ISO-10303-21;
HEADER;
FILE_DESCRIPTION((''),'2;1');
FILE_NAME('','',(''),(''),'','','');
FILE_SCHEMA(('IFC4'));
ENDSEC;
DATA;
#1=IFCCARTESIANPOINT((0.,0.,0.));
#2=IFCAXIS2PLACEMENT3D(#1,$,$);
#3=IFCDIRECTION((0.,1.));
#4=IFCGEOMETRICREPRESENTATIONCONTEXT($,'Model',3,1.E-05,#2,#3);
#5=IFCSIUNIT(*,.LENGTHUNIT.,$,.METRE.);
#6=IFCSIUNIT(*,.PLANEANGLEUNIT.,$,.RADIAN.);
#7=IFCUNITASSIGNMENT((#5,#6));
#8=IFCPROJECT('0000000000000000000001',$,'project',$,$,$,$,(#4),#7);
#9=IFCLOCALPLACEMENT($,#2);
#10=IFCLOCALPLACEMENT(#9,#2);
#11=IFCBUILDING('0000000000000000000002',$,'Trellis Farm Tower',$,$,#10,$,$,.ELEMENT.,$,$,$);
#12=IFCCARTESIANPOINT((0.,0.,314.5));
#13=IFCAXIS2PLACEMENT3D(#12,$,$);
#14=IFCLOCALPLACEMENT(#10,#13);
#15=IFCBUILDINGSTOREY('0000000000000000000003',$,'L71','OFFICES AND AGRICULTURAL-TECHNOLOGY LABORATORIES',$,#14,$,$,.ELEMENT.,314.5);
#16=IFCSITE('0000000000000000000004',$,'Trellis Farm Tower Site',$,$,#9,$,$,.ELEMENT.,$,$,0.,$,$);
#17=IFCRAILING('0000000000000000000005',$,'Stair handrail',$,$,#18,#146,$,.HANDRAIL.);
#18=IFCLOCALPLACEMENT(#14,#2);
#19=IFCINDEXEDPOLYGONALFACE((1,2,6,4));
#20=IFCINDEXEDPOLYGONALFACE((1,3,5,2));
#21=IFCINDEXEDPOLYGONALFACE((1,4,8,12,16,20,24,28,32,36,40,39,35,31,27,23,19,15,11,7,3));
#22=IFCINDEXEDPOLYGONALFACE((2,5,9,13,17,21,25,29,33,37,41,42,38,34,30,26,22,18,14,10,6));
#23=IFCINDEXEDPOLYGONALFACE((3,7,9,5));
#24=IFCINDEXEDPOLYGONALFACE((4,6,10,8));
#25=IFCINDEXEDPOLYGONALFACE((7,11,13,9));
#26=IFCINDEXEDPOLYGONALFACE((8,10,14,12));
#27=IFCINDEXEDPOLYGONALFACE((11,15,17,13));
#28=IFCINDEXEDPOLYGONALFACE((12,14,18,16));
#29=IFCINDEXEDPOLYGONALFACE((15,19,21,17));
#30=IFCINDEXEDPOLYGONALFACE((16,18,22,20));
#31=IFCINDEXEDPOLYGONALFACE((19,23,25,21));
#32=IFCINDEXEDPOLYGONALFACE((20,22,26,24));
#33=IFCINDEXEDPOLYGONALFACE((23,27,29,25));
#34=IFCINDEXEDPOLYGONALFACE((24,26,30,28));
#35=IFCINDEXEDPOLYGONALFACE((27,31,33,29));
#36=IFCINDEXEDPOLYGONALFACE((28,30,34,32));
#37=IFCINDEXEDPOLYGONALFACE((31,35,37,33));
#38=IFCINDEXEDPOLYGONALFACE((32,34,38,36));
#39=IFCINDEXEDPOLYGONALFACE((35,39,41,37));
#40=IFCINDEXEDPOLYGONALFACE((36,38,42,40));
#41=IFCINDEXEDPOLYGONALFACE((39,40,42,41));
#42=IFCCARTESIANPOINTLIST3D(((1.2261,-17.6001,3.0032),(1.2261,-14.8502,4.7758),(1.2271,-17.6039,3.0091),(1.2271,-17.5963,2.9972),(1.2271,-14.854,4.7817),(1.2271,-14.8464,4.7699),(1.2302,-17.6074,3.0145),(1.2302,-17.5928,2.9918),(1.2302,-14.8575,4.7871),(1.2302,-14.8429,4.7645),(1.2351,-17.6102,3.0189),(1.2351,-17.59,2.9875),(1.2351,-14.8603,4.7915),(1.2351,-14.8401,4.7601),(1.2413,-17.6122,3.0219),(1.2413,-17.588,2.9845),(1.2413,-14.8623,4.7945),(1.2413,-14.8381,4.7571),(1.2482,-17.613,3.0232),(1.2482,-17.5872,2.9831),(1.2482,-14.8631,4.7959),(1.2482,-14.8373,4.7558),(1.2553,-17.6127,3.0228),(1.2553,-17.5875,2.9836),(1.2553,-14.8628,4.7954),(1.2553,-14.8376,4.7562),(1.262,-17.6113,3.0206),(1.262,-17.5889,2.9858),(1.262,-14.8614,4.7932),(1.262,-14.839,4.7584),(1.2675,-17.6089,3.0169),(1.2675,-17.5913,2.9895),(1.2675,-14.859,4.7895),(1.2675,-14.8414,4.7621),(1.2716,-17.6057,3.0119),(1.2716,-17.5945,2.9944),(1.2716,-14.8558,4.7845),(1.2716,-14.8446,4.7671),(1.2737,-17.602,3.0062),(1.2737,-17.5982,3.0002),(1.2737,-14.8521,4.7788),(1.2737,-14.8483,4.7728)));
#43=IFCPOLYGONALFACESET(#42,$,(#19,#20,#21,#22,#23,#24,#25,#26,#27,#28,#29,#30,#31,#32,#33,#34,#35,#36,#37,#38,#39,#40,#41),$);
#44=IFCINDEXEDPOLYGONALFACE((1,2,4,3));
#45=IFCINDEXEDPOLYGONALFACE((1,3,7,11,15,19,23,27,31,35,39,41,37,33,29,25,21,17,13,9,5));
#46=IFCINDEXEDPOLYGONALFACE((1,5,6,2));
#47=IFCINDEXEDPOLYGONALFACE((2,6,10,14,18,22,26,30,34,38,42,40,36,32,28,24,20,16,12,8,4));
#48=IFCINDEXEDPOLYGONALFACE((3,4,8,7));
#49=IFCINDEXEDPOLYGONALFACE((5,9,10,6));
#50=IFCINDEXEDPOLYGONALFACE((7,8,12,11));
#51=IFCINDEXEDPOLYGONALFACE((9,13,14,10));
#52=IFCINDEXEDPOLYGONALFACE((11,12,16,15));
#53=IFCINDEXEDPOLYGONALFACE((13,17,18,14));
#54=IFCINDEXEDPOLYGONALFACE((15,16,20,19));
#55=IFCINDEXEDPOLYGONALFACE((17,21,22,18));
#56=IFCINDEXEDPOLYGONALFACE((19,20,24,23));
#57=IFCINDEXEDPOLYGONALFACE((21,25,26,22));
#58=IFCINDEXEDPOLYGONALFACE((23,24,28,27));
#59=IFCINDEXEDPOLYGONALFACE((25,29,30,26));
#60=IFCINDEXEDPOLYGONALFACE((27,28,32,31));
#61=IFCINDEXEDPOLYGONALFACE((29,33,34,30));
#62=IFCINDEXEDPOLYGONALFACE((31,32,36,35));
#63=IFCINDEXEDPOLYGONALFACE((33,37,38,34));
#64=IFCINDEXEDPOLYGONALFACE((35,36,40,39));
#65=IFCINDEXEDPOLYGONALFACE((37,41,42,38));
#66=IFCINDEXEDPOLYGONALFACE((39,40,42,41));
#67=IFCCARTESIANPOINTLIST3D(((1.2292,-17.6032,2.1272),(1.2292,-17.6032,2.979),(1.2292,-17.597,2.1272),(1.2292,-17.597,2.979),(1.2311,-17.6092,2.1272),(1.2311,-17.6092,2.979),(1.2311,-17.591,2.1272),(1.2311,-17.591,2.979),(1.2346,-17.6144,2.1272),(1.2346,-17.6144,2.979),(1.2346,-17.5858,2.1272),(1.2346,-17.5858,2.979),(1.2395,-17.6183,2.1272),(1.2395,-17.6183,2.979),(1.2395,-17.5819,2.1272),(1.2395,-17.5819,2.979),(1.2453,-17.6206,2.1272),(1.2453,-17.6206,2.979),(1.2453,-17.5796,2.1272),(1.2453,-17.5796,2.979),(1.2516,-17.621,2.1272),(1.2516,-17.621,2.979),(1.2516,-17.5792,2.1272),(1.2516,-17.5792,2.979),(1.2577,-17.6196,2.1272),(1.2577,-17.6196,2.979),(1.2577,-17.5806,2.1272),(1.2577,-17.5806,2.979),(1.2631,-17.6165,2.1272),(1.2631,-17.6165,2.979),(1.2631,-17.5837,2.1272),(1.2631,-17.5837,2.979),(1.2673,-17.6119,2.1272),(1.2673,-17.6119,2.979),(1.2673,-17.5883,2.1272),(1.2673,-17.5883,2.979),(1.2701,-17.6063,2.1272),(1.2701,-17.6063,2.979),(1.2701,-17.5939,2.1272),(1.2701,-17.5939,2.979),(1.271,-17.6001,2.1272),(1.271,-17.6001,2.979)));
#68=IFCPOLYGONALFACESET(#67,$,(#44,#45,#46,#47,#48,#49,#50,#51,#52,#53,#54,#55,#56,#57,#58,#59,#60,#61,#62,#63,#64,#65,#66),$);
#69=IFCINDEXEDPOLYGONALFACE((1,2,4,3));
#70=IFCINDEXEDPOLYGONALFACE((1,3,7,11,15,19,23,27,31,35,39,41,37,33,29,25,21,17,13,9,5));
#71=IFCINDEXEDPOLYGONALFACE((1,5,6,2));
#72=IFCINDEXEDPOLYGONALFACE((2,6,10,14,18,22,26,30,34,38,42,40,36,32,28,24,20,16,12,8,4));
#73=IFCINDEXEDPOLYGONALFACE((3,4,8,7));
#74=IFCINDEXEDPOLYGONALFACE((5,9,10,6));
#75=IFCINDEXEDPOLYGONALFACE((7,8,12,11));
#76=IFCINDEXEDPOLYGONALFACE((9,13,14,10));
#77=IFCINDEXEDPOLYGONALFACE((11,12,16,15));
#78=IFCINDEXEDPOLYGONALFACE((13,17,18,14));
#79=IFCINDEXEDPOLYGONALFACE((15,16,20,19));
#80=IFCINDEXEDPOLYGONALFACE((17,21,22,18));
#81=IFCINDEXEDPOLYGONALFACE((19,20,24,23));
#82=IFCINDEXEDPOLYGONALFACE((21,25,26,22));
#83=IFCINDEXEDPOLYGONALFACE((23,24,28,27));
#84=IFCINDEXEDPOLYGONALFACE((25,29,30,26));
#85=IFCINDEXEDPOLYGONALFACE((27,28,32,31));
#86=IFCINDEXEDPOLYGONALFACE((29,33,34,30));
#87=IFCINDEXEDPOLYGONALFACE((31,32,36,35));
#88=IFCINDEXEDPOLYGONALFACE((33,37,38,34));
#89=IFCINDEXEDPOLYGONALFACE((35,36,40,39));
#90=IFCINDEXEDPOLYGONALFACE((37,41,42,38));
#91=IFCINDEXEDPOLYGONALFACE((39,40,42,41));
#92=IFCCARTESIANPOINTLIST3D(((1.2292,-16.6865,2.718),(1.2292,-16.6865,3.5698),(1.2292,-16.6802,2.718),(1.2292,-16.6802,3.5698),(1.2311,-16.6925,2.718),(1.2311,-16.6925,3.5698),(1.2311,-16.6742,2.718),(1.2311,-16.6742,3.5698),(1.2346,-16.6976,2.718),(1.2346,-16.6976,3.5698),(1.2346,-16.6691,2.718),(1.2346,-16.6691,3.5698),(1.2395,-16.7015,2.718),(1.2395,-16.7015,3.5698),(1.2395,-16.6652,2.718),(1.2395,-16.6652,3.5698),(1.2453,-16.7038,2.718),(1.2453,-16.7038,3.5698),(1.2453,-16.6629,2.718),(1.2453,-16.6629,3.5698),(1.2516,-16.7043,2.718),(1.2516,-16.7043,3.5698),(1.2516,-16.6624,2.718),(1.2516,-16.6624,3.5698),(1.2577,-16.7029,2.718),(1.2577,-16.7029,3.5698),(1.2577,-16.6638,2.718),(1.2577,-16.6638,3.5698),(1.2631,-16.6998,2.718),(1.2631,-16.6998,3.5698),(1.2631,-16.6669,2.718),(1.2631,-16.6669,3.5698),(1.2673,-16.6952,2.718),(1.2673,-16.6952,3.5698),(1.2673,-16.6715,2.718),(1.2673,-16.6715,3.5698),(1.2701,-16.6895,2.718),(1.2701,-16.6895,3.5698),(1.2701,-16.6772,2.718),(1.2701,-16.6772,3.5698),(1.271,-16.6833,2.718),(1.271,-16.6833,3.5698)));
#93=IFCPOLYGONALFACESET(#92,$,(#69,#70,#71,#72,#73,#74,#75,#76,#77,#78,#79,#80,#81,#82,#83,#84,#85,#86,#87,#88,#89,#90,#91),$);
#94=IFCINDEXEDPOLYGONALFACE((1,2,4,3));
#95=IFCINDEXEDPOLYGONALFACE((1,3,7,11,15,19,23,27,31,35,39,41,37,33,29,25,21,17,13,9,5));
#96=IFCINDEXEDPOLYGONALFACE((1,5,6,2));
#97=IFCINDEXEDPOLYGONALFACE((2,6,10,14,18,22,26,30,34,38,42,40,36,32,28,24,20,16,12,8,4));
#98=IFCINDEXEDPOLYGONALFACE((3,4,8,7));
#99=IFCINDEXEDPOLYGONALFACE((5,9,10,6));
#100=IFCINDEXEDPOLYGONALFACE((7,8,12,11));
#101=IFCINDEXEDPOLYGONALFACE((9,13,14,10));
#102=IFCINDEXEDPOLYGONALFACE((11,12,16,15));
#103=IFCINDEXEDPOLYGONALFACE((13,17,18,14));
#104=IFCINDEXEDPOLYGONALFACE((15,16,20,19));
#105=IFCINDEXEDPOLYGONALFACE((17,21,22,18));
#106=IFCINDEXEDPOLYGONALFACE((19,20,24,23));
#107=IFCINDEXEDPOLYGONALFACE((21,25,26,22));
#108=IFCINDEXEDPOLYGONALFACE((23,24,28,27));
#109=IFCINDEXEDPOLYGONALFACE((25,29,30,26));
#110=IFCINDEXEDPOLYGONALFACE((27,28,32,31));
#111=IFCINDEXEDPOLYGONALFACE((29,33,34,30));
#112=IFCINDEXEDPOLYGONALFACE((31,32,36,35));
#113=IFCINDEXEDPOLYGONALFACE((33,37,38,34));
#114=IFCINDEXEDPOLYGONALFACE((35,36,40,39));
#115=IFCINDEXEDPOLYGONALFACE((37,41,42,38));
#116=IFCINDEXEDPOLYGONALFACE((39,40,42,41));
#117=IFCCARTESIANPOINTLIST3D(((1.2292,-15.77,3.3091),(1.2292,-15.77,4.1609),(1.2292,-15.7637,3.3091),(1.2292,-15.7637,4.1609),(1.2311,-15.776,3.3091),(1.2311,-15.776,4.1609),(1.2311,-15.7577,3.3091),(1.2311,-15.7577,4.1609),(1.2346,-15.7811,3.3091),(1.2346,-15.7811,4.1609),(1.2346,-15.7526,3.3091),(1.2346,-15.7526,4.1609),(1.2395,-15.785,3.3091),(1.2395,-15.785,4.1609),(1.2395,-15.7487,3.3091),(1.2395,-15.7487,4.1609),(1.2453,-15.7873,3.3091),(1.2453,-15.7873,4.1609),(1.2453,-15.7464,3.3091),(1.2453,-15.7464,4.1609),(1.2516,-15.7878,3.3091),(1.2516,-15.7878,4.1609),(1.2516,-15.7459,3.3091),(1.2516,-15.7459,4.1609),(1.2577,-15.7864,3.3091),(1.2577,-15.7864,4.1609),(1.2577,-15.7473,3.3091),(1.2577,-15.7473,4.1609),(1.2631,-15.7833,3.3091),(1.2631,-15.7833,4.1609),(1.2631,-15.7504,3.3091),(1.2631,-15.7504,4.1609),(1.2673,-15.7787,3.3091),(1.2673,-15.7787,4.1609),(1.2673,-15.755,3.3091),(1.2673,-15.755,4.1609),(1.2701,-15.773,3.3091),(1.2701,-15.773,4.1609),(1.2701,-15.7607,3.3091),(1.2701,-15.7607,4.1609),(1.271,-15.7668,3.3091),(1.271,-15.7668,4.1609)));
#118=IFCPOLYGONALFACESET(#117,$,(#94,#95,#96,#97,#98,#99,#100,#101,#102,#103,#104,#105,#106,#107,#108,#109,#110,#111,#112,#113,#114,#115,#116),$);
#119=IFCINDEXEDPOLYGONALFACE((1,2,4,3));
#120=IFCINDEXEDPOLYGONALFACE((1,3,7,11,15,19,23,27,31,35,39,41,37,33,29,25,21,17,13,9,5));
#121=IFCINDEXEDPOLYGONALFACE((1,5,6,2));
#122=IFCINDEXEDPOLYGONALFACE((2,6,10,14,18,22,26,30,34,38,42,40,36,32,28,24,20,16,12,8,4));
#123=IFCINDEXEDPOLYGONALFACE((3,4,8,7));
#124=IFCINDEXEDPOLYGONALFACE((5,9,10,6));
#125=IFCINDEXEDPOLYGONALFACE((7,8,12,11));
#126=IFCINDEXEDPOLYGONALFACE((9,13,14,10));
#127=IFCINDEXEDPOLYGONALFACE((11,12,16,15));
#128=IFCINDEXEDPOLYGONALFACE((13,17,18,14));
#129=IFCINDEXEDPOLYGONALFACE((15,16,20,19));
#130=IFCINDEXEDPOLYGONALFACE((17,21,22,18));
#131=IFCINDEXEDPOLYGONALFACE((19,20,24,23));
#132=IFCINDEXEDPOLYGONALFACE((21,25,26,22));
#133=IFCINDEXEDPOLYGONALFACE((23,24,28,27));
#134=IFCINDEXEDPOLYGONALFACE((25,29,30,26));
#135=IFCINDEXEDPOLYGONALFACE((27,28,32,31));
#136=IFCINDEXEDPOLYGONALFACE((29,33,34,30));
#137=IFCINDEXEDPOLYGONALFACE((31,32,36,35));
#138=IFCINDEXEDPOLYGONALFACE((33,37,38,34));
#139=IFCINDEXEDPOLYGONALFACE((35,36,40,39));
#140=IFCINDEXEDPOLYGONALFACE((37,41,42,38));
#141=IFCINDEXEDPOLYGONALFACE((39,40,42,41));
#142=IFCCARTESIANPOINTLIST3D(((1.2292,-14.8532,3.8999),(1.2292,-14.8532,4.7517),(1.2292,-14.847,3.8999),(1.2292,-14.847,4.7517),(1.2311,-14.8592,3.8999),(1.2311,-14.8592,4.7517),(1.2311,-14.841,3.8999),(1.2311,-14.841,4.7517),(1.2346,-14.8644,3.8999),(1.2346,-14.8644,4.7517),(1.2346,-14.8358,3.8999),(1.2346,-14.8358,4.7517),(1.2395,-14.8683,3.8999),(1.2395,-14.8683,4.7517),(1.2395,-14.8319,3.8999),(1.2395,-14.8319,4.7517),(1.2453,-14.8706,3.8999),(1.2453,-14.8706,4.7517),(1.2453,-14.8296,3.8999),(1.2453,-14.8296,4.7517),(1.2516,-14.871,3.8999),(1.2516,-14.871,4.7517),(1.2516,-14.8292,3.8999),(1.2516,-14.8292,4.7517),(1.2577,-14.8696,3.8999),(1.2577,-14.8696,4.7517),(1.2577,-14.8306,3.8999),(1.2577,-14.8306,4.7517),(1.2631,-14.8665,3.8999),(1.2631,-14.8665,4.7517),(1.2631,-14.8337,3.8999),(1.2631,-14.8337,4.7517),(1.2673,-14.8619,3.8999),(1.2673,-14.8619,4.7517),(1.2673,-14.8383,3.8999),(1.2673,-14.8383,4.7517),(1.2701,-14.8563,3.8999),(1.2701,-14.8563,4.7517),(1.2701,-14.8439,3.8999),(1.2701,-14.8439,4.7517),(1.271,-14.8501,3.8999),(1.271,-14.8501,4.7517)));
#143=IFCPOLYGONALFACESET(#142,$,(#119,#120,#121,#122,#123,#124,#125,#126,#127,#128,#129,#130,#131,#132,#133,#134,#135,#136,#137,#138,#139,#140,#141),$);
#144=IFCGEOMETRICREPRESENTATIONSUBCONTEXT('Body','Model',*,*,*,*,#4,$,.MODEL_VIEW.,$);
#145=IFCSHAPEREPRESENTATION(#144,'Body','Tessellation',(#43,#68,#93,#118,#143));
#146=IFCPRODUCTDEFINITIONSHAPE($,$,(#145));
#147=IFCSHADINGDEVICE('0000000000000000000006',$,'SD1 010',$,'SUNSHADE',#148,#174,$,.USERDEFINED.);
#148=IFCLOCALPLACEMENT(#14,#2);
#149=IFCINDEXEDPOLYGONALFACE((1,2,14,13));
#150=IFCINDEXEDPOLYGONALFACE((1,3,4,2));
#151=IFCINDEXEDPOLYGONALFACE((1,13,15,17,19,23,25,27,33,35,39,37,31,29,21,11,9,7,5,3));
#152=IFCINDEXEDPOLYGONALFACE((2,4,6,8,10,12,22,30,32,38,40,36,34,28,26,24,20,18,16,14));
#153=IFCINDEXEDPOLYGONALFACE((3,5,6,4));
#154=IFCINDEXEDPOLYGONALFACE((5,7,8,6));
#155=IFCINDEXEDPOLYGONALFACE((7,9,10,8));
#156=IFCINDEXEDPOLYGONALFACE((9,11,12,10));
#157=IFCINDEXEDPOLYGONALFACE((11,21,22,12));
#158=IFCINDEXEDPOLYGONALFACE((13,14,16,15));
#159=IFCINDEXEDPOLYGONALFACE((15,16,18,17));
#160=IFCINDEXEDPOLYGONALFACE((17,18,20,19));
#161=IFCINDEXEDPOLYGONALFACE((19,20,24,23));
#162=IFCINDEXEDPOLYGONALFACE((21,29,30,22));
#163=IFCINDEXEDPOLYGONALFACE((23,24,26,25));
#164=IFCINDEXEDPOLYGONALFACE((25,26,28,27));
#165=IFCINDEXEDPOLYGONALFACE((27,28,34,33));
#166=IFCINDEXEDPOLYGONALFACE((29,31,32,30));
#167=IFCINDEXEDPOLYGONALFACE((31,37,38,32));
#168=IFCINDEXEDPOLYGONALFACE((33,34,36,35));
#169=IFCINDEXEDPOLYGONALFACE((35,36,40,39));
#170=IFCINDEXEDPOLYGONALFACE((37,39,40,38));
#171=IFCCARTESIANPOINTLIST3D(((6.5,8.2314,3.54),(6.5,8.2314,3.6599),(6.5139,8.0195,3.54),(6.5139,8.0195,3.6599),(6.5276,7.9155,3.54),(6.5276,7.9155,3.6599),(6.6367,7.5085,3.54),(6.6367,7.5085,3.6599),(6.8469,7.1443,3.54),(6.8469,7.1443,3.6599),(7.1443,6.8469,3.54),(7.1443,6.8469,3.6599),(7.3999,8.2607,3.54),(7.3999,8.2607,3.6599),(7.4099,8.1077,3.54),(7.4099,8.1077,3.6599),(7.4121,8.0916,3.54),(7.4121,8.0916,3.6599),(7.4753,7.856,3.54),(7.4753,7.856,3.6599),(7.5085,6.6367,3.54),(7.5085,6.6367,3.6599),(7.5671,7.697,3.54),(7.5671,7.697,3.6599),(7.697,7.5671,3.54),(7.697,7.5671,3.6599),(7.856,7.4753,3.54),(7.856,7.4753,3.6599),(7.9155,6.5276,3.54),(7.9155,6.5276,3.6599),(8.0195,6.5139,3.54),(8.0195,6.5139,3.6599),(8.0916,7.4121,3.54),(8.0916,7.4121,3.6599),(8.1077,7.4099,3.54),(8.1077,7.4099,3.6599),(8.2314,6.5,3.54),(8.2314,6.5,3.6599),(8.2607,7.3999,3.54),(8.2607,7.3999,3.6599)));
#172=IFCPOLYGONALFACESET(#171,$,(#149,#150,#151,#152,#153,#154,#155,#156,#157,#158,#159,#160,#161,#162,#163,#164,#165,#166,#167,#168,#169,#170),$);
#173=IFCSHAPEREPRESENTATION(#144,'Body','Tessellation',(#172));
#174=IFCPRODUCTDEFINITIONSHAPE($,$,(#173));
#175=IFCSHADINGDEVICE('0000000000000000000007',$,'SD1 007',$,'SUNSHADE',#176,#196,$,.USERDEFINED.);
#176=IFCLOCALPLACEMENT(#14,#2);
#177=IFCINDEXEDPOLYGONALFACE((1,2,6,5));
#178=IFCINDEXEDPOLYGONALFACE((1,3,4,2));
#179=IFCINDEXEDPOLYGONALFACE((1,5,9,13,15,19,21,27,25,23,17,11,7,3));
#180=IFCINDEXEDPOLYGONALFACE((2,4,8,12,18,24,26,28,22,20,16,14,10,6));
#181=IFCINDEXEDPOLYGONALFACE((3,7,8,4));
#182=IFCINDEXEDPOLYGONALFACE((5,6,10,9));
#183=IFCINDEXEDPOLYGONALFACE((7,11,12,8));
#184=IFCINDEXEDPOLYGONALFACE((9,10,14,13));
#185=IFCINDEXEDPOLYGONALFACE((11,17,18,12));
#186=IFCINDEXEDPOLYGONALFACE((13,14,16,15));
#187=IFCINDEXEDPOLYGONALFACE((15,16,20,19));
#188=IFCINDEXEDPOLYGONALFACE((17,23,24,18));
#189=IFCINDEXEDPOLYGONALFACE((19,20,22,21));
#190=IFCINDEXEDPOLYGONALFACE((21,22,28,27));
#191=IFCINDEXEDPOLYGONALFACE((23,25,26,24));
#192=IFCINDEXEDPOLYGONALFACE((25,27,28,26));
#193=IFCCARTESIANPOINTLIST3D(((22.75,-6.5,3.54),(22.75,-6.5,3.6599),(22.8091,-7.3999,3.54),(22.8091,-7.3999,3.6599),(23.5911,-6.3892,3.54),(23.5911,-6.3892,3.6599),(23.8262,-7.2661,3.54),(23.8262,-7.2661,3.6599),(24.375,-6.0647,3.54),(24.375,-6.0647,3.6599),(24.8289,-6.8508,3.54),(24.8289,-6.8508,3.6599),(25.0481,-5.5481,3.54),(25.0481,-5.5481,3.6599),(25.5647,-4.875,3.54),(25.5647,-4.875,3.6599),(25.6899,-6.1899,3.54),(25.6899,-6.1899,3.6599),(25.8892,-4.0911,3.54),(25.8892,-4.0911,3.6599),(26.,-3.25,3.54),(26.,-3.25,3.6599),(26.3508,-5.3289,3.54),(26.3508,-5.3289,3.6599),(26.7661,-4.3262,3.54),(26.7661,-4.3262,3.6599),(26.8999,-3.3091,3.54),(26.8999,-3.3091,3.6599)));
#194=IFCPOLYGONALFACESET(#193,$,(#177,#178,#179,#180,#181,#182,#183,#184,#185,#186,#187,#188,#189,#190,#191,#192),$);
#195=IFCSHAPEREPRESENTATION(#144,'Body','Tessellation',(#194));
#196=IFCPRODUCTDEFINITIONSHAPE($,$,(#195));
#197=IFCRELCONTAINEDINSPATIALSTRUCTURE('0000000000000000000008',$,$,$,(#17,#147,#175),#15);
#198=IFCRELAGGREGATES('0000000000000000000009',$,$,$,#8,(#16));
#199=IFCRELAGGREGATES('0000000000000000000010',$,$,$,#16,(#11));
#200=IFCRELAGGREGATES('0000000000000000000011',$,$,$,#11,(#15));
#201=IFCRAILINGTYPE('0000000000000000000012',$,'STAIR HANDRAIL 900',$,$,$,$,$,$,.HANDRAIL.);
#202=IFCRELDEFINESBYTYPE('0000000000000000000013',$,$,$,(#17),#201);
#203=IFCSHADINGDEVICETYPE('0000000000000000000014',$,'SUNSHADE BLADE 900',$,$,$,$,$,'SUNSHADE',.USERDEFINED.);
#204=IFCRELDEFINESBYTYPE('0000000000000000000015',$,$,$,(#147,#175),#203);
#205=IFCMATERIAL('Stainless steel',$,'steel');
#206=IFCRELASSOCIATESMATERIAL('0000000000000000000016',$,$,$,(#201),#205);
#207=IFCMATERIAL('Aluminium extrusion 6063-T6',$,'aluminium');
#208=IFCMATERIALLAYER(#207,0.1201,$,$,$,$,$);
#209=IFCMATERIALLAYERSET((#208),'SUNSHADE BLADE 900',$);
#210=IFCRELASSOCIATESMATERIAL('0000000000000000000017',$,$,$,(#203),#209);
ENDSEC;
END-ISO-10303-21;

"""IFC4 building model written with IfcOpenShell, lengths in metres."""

from ifc_helpers import new_model, si_unit, direction, frame, origin, origin_2d, place, context, subcontext, project, spatial, polyline, circle, outline, extrude, source, transform, mapped, material, layer, layer_set, type_object, element, save


model = new_model("IFC4")

# Units and contexts
model_context = context("Model", 3, precision=1e-05, world=origin(), true_north=direction((0.0, 1.0)))
body_context = subcontext(model_context, "Body", "Model", "MODEL_VIEW")
ifc_project = project(units=[si_unit("LENGTHUNIT", "METRE"), si_unit("PLANEANGLEUNIT", "RADIAN")], contexts=[model_context])

# Site, building, storey
site_placement = place(None, origin())
site = spatial("IfcSite", under=ifc_project, at=site_placement, Name="Trellis Farm Tower Site", CompositionType="ELEMENT", RefElevation=0.0)
building_placement = place(site_placement, origin())
building = spatial("IfcBuilding", under=site, at=building_placement, Name="Trellis Farm Tower", CompositionType="ELEMENT")
storey_placement = place(building_placement, frame((0.0, 0.0, 314.5)))
storey = spatial("IfcBuildingStorey", under=building, at=storey_placement, Name="L71", Description="OFFICES AND AGRICULTURAL-TECHNOLOGY LABORATORIES", CompositionType="ELEMENT", Elevation=314.5)

# Shared definitions
ifc_material_1 = material(Name="Aluminium extrusion 6063-T6", Category="aluminium")

# Railing
ifc_material_2 = material(Name="Stainless steel", Category="steel")
railing_type = type_object("IfcRailingType", Name="STAIR HANDRAIL 900", PredefinedType="HANDRAIL", material=ifc_material_2)
shared_shape_1 = source(origin(), body_context, "Body", "SweptSolid", [
    extrude(circle(Radius=0.0239, at=origin_2d()), frame((0.0, 0.0, 0.876), z_axis=(0.0, 0.840504, 0.541806), x_axis=(-1.0, 0.0, 0.0)), (0.0, 0.0, 1.0), 3.2717),
    extrude(circle(Radius=0.021, at=origin_2d()), origin(), (0.0, 0.0, 1.0), 0.8518),
    extrude(circle(Radius=0.021, at=origin_2d()), frame((0.0, 0.9167, 0.5908)), (0.0, 0.0, 1.0), 0.8518),
    extrude(circle(Radius=0.021, at=origin_2d()), frame((0.0, 1.8333, 1.1819)), (0.0, 0.0, 1.0), 0.8518),
    extrude(circle(Radius=0.021, at=origin_2d()), frame((0.0, 2.75, 1.7727)), (0.0, 0.0, 1.0), 0.8518),
])
railing_placement = place(storey_placement, frame((1.25, -17.6001, 2.1272)))
element("IfcRailing", 1, at=railing_placement, inside=storey, type_object=railing_type, Name="Stair handrail", PredefinedType="HANDRAIL", context=body_context, shape_type="MappedRepresentation", body=[
    mapped(shared_shape_1, transform((0.0, 0.0, 0.0))),
])

# Shading devices
ifc_layer_1 = layer(ifc_material_1, 0.1201)
ifc_layer_set_1 = layer_set([ifc_layer_1], Name="SUNSHADE BLADE 900")
shading_device_type_1 = type_object("IfcShadingDeviceType", Name="SUNSHADE BLADE 900", ElementType="SUNSHADE", PredefinedType="USERDEFINED", material=ifc_layer_set_1)
shared_shape_2 = source(origin(), body_context, "Body", "SweptSolid", [
    extrude(outline(polyline([(8.2607, 7.3999), (8.1077, 7.4099), (8.0916, 7.4121), (7.856, 7.4753), (7.697, 7.5671), (7.5671, 7.697), (7.4753, 7.856), (7.4121, 8.0916), (7.4099, 8.1077), (7.3999, 8.2607), (6.5, 8.2314), (6.5139, 8.0195), (6.5276, 7.9155), (6.6367, 7.5085), (6.8469, 7.1443), (7.1443, 6.8469), (7.5085, 6.6367), (7.9155, 6.5276), (8.0195, 6.5139), (8.2314, 6.5), (8.2607, 7.3999)])), origin(), (0.0, 0.0, 1.0), 0.1199),
])
placement_1 = place(storey_placement, frame((0.0, 0.0, 3.54)))
element("IfcShadingDevice", 2, at=placement_1, inside=storey, type_object=shading_device_type_1, Name="SD1 010", ObjectType="SUNSHADE", PredefinedType="USERDEFINED", context=body_context, shape_type="MappedRepresentation", body=[
    mapped(shared_shape_2, transform((0.0, 0.0, 0.0))),
])
shared_shape_3 = source(origin(), body_context, "Body", "SweptSolid", [
    extrude(outline(polyline([(22.8091, -7.3999), (23.8262, -7.2661), (24.8289, -6.8508), (25.6899, -6.1899), (26.3508, -5.3289), (26.7661, -4.3262), (26.8999, -3.3091), (26.0, -3.25), (25.8892, -4.0911), (25.5647, -4.875), (25.0481, -5.5481), (24.375, -6.0647), (23.5911, -6.3892), (22.75, -6.5), (22.8091, -7.3999)])), origin(), (0.0, 0.0, 1.0), 0.1199),
])
element("IfcShadingDevice", 3, at=placement_1, inside=storey, type_object=shading_device_type_1, Name="SD1 007", ObjectType="SUNSHADE", PredefinedType="USERDEFINED", context=body_context, shape_type="MappedRepresentation", body=[
    mapped(shared_shape_3, transform((0.0, 0.0, 0.0))),
])

save(model, "model.ifc")
